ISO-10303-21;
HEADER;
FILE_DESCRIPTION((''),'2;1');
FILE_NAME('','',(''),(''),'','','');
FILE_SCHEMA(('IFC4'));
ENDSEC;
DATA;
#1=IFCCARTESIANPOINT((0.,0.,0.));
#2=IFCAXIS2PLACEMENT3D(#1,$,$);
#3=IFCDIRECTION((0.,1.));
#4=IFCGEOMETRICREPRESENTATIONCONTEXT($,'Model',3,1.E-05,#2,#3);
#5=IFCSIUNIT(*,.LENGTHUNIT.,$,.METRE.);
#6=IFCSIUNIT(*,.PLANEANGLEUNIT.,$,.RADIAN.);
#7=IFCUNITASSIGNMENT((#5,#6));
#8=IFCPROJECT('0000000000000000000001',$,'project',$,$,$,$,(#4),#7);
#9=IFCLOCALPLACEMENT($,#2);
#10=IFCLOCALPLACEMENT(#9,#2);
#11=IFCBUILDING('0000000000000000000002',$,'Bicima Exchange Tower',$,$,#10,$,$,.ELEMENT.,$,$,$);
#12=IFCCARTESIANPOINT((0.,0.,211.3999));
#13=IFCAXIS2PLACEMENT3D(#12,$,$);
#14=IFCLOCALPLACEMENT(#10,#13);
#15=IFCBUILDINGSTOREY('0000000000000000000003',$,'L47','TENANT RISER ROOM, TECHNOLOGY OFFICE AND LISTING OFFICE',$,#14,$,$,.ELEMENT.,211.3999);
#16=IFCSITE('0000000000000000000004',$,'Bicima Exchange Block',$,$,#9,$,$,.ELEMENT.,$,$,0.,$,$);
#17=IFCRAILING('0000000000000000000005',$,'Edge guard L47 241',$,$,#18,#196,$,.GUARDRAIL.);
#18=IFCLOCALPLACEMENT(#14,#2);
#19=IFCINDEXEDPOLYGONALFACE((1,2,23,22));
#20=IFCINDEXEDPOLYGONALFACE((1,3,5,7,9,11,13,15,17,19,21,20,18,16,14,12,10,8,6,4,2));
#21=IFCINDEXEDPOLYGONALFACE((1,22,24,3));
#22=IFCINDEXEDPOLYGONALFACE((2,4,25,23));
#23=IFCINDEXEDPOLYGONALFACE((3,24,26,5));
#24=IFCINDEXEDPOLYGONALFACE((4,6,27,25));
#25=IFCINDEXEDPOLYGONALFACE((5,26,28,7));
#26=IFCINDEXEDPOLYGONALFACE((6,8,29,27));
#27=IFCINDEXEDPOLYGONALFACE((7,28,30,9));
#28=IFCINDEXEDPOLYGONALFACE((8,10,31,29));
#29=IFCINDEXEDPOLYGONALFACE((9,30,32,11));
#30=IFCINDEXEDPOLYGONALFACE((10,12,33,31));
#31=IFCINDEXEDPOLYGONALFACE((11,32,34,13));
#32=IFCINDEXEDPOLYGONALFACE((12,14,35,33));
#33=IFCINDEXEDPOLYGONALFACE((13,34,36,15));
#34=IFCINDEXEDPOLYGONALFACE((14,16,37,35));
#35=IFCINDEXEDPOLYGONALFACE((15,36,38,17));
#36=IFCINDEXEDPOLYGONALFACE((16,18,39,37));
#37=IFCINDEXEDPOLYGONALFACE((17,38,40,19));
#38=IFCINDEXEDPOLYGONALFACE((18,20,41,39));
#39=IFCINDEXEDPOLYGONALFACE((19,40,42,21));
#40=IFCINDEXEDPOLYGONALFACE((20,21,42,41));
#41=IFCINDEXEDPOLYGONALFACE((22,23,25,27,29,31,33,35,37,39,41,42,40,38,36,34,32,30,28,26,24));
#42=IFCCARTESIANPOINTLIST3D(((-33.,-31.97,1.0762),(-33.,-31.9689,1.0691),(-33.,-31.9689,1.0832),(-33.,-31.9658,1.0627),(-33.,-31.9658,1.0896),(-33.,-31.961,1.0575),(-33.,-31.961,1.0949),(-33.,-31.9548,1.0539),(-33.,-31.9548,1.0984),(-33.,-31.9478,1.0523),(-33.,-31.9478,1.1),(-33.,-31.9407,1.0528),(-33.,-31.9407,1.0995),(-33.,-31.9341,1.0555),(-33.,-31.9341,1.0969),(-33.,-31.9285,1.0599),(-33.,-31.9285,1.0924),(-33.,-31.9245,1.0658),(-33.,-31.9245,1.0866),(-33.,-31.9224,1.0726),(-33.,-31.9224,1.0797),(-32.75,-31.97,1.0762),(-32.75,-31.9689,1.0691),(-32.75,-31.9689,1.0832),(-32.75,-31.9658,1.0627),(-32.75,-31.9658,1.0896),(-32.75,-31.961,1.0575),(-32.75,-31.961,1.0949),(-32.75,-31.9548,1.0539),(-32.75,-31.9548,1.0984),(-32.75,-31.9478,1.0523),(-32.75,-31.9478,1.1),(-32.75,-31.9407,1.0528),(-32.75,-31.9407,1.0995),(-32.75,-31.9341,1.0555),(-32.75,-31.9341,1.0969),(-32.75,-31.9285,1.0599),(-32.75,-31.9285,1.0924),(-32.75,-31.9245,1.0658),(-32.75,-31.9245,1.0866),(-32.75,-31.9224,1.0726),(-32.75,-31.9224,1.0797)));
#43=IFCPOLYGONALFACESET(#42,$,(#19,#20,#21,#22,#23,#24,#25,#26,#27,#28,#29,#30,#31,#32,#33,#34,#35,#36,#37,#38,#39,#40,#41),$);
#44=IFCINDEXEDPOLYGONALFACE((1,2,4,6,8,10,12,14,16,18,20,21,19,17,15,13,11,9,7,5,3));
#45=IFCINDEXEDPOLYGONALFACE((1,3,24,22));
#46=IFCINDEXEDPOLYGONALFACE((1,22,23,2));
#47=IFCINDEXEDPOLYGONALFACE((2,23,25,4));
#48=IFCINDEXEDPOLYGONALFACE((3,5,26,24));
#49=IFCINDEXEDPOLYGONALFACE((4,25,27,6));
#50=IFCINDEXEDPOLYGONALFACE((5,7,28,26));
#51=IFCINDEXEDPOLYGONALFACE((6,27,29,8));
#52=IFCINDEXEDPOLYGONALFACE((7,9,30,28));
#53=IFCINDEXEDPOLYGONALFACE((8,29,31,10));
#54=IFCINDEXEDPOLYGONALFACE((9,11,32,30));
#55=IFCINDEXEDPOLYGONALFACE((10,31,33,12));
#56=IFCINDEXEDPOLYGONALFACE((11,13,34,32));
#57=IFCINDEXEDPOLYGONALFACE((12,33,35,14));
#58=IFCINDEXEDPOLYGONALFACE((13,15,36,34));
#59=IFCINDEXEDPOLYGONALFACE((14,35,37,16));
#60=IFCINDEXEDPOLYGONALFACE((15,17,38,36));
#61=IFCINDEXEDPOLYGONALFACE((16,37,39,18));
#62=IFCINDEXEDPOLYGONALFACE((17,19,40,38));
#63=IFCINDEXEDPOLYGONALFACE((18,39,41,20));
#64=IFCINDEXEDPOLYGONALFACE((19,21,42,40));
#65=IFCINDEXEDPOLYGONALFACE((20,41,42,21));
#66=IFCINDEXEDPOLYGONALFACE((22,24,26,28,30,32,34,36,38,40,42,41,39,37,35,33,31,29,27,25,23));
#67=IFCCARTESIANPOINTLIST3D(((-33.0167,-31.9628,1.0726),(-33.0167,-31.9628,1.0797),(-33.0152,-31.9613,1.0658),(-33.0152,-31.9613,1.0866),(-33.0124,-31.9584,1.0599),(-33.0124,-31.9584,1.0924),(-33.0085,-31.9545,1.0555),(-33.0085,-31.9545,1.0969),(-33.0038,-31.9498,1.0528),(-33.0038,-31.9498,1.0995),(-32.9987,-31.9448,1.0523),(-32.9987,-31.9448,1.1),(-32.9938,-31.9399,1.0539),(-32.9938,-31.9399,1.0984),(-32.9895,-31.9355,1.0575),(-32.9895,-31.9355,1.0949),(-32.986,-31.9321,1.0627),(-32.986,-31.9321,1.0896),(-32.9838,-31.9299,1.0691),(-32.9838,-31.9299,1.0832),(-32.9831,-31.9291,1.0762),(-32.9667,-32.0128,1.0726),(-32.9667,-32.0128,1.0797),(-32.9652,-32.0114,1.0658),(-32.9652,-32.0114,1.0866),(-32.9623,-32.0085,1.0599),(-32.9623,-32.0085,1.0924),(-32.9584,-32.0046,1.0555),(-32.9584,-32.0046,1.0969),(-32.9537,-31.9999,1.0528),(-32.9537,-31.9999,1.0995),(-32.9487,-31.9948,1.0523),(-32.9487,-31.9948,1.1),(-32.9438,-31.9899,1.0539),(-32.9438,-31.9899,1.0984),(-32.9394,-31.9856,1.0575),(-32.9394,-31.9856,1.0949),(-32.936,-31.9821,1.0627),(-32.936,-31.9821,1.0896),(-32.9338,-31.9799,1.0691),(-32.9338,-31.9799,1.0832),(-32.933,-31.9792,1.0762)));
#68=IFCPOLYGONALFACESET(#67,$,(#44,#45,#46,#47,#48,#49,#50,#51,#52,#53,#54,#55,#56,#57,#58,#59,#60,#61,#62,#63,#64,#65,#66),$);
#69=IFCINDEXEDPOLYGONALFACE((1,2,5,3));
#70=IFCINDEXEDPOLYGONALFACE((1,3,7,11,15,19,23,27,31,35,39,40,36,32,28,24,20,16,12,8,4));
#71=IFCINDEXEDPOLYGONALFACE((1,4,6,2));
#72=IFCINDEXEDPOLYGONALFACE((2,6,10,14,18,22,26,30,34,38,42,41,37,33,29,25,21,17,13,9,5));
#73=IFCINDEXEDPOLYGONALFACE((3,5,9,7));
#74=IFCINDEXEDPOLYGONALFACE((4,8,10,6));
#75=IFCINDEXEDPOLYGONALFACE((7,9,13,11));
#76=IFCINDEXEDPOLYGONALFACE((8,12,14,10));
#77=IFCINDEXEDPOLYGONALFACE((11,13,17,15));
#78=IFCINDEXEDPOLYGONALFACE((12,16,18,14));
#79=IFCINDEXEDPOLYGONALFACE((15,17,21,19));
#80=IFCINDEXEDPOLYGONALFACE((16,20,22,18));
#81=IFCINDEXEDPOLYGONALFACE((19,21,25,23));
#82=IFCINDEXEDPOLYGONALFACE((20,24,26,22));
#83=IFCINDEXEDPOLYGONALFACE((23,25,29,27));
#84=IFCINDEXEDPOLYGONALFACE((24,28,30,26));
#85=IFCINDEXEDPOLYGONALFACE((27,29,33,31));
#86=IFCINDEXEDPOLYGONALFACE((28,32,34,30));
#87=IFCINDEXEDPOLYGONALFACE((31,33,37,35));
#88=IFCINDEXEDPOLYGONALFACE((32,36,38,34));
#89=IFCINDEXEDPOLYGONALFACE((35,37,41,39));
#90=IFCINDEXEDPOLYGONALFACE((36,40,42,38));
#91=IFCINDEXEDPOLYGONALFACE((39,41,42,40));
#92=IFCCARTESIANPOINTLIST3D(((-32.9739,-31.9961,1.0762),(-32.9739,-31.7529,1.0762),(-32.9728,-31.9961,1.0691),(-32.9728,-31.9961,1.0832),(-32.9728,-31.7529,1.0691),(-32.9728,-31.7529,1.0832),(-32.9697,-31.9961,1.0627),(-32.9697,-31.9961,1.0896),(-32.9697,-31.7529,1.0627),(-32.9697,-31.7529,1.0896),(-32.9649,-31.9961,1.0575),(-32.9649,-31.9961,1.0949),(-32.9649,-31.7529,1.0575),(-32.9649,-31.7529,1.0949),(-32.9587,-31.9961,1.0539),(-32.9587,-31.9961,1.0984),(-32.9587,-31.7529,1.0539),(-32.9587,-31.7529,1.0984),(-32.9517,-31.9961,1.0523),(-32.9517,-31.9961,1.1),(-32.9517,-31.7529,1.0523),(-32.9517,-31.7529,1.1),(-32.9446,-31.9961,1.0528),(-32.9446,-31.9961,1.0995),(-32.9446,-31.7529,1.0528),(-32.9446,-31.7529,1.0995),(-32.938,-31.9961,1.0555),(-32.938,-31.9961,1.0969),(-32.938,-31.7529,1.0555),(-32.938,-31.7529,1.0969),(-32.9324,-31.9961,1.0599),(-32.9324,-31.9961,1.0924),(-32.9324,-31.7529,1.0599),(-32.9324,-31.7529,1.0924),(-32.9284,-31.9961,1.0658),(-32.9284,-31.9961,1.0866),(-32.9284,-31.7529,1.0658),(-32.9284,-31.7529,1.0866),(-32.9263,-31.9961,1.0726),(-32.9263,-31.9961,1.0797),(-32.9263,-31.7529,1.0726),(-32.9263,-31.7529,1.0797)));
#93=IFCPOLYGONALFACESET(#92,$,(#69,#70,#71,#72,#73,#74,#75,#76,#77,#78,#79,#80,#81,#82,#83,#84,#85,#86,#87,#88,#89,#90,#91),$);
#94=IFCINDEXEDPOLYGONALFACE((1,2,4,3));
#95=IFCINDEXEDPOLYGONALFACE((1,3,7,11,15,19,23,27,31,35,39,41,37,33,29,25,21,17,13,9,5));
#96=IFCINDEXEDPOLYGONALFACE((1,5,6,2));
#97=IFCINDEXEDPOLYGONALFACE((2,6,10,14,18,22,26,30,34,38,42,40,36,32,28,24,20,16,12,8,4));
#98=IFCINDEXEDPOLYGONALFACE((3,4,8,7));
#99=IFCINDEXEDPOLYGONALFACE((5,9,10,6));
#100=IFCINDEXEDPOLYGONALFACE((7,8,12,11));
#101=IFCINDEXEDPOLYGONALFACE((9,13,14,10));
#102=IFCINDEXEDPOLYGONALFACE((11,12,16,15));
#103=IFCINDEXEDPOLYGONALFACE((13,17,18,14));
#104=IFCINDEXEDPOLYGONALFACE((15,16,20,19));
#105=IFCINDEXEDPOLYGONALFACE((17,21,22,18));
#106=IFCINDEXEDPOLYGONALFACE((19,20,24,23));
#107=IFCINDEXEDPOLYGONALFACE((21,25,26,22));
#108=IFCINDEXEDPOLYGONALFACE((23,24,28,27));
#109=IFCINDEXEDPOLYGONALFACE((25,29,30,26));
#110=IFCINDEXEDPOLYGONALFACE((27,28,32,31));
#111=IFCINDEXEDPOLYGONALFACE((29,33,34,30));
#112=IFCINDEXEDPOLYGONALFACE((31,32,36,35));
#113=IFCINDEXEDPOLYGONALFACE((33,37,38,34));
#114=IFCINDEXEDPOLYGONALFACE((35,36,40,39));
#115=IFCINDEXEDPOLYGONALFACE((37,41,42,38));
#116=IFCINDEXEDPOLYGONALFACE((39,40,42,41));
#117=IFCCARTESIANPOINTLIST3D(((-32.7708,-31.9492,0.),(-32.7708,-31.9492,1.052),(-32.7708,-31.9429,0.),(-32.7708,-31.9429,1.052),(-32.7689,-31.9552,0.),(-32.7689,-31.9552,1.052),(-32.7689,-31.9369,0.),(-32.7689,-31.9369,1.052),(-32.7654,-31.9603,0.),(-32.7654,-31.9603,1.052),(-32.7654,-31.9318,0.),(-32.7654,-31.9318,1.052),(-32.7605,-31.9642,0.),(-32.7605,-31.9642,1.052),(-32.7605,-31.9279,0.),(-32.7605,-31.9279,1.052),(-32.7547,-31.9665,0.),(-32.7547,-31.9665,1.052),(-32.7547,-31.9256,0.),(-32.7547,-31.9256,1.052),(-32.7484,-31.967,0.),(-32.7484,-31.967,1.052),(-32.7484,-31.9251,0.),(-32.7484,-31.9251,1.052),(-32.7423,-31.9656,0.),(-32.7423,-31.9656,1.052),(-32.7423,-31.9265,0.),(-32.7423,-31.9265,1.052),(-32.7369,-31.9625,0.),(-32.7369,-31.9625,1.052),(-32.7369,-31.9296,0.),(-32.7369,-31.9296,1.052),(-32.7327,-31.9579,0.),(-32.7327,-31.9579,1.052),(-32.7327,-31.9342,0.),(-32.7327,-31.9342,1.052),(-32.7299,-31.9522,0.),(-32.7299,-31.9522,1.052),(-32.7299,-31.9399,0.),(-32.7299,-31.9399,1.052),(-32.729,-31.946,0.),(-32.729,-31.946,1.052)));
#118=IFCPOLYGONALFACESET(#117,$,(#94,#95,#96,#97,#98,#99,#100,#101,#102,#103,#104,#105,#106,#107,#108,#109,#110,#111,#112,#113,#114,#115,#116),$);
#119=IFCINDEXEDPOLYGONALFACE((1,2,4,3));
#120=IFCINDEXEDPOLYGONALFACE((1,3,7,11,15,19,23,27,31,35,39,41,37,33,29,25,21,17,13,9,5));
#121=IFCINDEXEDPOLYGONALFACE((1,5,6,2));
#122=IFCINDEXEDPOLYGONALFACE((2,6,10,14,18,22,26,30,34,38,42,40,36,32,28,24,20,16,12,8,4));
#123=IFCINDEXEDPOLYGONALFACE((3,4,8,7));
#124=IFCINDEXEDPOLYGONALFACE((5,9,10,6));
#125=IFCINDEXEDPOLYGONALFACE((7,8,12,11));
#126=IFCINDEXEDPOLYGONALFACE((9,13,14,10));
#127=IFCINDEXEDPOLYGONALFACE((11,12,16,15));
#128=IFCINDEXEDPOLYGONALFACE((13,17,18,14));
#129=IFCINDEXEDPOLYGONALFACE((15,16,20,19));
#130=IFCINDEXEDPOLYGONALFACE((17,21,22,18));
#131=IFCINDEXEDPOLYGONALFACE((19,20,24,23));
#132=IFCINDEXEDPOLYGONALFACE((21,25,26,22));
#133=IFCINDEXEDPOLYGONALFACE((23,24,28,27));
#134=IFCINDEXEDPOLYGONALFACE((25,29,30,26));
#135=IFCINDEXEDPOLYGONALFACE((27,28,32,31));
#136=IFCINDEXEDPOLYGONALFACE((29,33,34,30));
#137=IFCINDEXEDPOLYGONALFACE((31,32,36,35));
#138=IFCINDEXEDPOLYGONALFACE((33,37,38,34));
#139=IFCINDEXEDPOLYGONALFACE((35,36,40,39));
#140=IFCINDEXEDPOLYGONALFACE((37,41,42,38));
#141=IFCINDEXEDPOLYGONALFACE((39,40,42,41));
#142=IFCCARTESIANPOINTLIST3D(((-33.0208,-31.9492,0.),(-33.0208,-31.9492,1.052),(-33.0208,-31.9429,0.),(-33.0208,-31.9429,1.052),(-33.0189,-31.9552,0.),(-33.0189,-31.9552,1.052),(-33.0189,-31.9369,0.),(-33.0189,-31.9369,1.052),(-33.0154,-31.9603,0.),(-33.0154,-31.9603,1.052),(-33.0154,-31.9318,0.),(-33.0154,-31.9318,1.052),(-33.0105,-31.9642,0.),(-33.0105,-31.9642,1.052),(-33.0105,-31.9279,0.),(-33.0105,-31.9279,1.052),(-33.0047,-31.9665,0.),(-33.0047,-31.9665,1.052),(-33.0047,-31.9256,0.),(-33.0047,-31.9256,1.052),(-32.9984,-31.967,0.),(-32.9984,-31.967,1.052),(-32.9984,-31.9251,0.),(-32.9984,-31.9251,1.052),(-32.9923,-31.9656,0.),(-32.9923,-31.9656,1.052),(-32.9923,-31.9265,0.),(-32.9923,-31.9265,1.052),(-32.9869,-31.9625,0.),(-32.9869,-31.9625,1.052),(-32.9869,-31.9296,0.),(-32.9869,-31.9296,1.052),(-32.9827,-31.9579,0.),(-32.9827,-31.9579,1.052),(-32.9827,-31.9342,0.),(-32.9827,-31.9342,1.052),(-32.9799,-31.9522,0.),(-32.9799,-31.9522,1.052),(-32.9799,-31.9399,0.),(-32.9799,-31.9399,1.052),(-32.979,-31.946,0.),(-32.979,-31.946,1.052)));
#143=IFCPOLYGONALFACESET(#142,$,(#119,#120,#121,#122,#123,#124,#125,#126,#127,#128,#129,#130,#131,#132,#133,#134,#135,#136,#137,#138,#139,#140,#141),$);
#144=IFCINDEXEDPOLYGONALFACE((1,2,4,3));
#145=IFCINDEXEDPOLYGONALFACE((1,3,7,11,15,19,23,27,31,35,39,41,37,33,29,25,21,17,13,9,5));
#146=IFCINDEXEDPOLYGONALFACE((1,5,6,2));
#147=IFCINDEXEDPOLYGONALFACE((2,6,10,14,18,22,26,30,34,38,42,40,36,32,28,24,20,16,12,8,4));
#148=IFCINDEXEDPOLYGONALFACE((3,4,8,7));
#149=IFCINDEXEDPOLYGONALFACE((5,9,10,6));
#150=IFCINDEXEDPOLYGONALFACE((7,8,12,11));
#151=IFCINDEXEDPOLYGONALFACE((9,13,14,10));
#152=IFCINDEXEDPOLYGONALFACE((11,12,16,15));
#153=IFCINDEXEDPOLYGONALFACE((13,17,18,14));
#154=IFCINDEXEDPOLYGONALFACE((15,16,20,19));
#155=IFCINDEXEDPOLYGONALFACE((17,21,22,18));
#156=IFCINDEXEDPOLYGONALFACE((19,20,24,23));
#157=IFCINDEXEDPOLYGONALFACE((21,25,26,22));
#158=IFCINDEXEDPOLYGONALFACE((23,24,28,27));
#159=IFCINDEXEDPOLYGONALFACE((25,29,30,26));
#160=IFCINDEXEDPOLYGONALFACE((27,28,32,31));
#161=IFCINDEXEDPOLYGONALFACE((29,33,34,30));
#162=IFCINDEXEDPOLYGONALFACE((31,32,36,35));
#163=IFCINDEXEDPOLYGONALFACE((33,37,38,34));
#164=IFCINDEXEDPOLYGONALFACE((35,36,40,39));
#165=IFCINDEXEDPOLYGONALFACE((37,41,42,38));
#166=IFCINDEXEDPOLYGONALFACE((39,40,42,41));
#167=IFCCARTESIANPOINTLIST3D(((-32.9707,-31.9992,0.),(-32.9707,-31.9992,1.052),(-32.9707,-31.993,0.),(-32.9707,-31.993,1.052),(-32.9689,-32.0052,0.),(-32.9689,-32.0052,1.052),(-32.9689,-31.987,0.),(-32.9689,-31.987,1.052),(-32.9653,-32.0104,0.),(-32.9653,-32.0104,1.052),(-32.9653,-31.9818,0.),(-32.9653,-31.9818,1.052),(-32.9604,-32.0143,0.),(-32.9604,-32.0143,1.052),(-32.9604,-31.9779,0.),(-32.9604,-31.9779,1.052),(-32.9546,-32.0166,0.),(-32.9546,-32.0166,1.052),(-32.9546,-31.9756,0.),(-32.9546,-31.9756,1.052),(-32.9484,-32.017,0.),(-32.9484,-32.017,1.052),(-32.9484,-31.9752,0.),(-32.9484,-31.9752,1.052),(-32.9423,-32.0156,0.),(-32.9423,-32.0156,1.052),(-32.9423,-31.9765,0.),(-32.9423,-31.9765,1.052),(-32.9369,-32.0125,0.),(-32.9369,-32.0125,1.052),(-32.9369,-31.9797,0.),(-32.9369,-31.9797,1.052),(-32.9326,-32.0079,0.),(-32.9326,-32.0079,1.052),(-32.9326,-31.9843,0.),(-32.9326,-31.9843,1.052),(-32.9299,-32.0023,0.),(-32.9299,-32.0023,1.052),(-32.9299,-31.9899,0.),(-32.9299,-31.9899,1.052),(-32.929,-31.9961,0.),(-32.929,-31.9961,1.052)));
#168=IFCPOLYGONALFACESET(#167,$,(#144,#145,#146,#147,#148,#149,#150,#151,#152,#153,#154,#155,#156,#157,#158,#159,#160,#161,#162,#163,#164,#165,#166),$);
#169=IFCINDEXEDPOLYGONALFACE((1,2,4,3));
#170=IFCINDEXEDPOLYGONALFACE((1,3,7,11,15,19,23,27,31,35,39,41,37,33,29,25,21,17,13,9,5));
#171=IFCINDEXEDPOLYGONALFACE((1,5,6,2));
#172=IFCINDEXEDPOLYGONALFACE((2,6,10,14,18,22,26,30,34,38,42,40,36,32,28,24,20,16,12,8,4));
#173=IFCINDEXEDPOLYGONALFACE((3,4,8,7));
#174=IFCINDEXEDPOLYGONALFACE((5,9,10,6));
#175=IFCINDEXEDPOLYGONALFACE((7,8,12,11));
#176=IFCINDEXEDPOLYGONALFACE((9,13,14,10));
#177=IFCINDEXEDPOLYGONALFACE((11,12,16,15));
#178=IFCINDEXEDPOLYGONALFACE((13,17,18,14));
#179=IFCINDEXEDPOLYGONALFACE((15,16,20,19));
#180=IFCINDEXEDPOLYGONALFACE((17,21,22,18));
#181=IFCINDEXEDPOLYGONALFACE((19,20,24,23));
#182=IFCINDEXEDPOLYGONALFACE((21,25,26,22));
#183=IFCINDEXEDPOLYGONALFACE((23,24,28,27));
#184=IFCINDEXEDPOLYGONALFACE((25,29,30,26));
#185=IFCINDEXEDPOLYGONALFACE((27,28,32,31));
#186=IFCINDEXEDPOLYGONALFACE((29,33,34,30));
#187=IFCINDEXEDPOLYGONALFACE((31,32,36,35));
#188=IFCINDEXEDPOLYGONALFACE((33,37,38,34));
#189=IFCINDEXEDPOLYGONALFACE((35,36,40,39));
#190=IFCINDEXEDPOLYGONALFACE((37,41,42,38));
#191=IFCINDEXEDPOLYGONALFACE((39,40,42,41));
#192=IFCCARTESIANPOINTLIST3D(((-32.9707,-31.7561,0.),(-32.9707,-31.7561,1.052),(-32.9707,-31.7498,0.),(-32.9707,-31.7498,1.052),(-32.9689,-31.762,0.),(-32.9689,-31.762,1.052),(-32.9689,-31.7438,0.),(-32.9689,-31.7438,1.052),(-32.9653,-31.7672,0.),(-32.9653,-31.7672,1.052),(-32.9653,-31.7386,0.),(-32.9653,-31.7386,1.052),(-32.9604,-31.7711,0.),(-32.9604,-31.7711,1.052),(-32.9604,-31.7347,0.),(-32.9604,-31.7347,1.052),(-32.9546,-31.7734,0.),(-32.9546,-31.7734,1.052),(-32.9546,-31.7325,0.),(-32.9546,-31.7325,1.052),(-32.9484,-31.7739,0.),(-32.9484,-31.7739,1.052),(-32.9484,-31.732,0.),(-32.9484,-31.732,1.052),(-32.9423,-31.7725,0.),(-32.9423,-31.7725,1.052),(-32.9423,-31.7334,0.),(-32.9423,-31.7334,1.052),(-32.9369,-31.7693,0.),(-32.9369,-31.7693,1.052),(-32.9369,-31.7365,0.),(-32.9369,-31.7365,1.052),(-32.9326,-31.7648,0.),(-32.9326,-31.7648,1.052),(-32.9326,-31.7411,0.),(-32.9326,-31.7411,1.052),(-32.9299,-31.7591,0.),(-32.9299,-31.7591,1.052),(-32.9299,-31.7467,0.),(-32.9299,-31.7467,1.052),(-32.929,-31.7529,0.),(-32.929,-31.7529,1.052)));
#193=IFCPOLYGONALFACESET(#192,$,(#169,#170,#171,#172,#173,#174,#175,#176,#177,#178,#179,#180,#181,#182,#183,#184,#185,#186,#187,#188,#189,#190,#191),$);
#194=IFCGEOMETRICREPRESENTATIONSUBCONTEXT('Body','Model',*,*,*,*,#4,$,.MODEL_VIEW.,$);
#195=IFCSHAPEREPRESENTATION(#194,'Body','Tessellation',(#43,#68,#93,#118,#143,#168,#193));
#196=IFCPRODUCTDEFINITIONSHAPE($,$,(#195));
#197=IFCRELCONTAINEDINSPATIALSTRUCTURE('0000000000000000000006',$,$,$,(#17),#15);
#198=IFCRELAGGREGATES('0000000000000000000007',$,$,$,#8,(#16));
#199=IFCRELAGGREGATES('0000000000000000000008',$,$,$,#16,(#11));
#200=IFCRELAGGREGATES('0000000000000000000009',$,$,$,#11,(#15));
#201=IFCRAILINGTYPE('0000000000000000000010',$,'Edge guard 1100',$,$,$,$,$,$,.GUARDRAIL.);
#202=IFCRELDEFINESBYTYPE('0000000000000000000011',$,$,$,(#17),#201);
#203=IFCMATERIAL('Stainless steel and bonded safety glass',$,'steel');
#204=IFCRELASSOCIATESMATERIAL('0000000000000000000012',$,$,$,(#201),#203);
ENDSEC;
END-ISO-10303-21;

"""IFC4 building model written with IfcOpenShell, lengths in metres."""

from ifc_helpers import new_model, si_unit, direction, frame, origin, origin_2d, place, context, subcontext, project, spatial, circle, extrude, material, type_object, element, save


model = new_model("IFC4")

# Units and contexts
model_context = context("Model", 3, precision=1e-05, world=origin(), true_north=direction((0.0, 1.0)))
body_context = subcontext(model_context, "Body", "Model", "MODEL_VIEW")
ifc_project = project(units=[si_unit("LENGTHUNIT", "METRE"), si_unit("PLANEANGLEUNIT", "RADIAN")], contexts=[model_context])

# Site, building, storey
site_placement = place(None, origin())
site = spatial("IfcSite", under=ifc_project, at=site_placement, Name="Bicima Exchange Block", CompositionType="ELEMENT", RefElevation=0.0)
building_placement = place(site_placement, origin())
building = spatial("IfcBuilding", under=site, at=building_placement, Name="Bicima Exchange Tower", CompositionType="ELEMENT")
storey_placement = place(building_placement, frame((0.0, 0.0, 211.3999)))
storey = spatial("IfcBuildingStorey", under=building, at=storey_placement, Name="L47", Description="TENANT RISER ROOM, TECHNOLOGY OFFICE AND LISTING OFFICE", CompositionType="ELEMENT", Elevation=211.3999)

# Railing
ifc_material_1 = material(Name="Stainless steel and bonded safety glass", Category="steel")
railing_type = type_object("IfcRailingType", Name="Edge guard 1100", PredefinedType="GUARDRAIL", material=ifc_material_1)
railing_1_placement = place(storey_placement, frame((-32.75, -31.946, 0.0)))
element("IfcRailing", 1, at=railing_1_placement, inside=storey, type_object=railing_type, Name="Edge guard L47 241", PredefinedType="GUARDRAIL", context=body_context, shape_type="SweptSolid", body=[
    extrude(circle(Radius=0.0239, at=origin_2d()), frame((0.0, 0.0, 1.0762), z_axis=(-1.0, 0.0, 0.0), x_axis=(0.0, -1.0, 0.0)), (0.0, 0.0, 1.0), 0.25),
    extrude(circle(Radius=0.0239, at=origin_2d()), frame((-0.25, 0.0, 1.0762), z_axis=(0.707107, -0.707107, 0.0), x_axis=(0.707107, 0.707107, 0.0)), (0.0, 0.0, 1.0), 0.0708),
    extrude(circle(Radius=0.0239, at=origin_2d()), frame((-0.2, -0.05, 1.0762), z_axis=(0.0, 1.0, 0.0), x_axis=(-1.0, 0.0, 0.0)), (0.0, 0.0, 1.0), 0.2432),
    extrude(circle(Radius=0.021, at=origin_2d()), origin(), (0.0, 0.0, 1.0), 1.052),
    extrude(circle(Radius=0.021, at=origin_2d()), frame((-0.25, 0.0, 0.0)), (0.0, 0.0, 1.0), 1.052),
    extrude(circle(Radius=0.021, at=origin_2d()), frame((-0.2, -0.05, 0.0)), (0.0, 0.0, 1.0), 1.052),
    extrude(circle(Radius=0.021, at=origin_2d()), frame((-0.2, 0.1931, 0.0)), (0.0, 0.0, 1.0), 1.052),
])

save(model, "model.ifc")
